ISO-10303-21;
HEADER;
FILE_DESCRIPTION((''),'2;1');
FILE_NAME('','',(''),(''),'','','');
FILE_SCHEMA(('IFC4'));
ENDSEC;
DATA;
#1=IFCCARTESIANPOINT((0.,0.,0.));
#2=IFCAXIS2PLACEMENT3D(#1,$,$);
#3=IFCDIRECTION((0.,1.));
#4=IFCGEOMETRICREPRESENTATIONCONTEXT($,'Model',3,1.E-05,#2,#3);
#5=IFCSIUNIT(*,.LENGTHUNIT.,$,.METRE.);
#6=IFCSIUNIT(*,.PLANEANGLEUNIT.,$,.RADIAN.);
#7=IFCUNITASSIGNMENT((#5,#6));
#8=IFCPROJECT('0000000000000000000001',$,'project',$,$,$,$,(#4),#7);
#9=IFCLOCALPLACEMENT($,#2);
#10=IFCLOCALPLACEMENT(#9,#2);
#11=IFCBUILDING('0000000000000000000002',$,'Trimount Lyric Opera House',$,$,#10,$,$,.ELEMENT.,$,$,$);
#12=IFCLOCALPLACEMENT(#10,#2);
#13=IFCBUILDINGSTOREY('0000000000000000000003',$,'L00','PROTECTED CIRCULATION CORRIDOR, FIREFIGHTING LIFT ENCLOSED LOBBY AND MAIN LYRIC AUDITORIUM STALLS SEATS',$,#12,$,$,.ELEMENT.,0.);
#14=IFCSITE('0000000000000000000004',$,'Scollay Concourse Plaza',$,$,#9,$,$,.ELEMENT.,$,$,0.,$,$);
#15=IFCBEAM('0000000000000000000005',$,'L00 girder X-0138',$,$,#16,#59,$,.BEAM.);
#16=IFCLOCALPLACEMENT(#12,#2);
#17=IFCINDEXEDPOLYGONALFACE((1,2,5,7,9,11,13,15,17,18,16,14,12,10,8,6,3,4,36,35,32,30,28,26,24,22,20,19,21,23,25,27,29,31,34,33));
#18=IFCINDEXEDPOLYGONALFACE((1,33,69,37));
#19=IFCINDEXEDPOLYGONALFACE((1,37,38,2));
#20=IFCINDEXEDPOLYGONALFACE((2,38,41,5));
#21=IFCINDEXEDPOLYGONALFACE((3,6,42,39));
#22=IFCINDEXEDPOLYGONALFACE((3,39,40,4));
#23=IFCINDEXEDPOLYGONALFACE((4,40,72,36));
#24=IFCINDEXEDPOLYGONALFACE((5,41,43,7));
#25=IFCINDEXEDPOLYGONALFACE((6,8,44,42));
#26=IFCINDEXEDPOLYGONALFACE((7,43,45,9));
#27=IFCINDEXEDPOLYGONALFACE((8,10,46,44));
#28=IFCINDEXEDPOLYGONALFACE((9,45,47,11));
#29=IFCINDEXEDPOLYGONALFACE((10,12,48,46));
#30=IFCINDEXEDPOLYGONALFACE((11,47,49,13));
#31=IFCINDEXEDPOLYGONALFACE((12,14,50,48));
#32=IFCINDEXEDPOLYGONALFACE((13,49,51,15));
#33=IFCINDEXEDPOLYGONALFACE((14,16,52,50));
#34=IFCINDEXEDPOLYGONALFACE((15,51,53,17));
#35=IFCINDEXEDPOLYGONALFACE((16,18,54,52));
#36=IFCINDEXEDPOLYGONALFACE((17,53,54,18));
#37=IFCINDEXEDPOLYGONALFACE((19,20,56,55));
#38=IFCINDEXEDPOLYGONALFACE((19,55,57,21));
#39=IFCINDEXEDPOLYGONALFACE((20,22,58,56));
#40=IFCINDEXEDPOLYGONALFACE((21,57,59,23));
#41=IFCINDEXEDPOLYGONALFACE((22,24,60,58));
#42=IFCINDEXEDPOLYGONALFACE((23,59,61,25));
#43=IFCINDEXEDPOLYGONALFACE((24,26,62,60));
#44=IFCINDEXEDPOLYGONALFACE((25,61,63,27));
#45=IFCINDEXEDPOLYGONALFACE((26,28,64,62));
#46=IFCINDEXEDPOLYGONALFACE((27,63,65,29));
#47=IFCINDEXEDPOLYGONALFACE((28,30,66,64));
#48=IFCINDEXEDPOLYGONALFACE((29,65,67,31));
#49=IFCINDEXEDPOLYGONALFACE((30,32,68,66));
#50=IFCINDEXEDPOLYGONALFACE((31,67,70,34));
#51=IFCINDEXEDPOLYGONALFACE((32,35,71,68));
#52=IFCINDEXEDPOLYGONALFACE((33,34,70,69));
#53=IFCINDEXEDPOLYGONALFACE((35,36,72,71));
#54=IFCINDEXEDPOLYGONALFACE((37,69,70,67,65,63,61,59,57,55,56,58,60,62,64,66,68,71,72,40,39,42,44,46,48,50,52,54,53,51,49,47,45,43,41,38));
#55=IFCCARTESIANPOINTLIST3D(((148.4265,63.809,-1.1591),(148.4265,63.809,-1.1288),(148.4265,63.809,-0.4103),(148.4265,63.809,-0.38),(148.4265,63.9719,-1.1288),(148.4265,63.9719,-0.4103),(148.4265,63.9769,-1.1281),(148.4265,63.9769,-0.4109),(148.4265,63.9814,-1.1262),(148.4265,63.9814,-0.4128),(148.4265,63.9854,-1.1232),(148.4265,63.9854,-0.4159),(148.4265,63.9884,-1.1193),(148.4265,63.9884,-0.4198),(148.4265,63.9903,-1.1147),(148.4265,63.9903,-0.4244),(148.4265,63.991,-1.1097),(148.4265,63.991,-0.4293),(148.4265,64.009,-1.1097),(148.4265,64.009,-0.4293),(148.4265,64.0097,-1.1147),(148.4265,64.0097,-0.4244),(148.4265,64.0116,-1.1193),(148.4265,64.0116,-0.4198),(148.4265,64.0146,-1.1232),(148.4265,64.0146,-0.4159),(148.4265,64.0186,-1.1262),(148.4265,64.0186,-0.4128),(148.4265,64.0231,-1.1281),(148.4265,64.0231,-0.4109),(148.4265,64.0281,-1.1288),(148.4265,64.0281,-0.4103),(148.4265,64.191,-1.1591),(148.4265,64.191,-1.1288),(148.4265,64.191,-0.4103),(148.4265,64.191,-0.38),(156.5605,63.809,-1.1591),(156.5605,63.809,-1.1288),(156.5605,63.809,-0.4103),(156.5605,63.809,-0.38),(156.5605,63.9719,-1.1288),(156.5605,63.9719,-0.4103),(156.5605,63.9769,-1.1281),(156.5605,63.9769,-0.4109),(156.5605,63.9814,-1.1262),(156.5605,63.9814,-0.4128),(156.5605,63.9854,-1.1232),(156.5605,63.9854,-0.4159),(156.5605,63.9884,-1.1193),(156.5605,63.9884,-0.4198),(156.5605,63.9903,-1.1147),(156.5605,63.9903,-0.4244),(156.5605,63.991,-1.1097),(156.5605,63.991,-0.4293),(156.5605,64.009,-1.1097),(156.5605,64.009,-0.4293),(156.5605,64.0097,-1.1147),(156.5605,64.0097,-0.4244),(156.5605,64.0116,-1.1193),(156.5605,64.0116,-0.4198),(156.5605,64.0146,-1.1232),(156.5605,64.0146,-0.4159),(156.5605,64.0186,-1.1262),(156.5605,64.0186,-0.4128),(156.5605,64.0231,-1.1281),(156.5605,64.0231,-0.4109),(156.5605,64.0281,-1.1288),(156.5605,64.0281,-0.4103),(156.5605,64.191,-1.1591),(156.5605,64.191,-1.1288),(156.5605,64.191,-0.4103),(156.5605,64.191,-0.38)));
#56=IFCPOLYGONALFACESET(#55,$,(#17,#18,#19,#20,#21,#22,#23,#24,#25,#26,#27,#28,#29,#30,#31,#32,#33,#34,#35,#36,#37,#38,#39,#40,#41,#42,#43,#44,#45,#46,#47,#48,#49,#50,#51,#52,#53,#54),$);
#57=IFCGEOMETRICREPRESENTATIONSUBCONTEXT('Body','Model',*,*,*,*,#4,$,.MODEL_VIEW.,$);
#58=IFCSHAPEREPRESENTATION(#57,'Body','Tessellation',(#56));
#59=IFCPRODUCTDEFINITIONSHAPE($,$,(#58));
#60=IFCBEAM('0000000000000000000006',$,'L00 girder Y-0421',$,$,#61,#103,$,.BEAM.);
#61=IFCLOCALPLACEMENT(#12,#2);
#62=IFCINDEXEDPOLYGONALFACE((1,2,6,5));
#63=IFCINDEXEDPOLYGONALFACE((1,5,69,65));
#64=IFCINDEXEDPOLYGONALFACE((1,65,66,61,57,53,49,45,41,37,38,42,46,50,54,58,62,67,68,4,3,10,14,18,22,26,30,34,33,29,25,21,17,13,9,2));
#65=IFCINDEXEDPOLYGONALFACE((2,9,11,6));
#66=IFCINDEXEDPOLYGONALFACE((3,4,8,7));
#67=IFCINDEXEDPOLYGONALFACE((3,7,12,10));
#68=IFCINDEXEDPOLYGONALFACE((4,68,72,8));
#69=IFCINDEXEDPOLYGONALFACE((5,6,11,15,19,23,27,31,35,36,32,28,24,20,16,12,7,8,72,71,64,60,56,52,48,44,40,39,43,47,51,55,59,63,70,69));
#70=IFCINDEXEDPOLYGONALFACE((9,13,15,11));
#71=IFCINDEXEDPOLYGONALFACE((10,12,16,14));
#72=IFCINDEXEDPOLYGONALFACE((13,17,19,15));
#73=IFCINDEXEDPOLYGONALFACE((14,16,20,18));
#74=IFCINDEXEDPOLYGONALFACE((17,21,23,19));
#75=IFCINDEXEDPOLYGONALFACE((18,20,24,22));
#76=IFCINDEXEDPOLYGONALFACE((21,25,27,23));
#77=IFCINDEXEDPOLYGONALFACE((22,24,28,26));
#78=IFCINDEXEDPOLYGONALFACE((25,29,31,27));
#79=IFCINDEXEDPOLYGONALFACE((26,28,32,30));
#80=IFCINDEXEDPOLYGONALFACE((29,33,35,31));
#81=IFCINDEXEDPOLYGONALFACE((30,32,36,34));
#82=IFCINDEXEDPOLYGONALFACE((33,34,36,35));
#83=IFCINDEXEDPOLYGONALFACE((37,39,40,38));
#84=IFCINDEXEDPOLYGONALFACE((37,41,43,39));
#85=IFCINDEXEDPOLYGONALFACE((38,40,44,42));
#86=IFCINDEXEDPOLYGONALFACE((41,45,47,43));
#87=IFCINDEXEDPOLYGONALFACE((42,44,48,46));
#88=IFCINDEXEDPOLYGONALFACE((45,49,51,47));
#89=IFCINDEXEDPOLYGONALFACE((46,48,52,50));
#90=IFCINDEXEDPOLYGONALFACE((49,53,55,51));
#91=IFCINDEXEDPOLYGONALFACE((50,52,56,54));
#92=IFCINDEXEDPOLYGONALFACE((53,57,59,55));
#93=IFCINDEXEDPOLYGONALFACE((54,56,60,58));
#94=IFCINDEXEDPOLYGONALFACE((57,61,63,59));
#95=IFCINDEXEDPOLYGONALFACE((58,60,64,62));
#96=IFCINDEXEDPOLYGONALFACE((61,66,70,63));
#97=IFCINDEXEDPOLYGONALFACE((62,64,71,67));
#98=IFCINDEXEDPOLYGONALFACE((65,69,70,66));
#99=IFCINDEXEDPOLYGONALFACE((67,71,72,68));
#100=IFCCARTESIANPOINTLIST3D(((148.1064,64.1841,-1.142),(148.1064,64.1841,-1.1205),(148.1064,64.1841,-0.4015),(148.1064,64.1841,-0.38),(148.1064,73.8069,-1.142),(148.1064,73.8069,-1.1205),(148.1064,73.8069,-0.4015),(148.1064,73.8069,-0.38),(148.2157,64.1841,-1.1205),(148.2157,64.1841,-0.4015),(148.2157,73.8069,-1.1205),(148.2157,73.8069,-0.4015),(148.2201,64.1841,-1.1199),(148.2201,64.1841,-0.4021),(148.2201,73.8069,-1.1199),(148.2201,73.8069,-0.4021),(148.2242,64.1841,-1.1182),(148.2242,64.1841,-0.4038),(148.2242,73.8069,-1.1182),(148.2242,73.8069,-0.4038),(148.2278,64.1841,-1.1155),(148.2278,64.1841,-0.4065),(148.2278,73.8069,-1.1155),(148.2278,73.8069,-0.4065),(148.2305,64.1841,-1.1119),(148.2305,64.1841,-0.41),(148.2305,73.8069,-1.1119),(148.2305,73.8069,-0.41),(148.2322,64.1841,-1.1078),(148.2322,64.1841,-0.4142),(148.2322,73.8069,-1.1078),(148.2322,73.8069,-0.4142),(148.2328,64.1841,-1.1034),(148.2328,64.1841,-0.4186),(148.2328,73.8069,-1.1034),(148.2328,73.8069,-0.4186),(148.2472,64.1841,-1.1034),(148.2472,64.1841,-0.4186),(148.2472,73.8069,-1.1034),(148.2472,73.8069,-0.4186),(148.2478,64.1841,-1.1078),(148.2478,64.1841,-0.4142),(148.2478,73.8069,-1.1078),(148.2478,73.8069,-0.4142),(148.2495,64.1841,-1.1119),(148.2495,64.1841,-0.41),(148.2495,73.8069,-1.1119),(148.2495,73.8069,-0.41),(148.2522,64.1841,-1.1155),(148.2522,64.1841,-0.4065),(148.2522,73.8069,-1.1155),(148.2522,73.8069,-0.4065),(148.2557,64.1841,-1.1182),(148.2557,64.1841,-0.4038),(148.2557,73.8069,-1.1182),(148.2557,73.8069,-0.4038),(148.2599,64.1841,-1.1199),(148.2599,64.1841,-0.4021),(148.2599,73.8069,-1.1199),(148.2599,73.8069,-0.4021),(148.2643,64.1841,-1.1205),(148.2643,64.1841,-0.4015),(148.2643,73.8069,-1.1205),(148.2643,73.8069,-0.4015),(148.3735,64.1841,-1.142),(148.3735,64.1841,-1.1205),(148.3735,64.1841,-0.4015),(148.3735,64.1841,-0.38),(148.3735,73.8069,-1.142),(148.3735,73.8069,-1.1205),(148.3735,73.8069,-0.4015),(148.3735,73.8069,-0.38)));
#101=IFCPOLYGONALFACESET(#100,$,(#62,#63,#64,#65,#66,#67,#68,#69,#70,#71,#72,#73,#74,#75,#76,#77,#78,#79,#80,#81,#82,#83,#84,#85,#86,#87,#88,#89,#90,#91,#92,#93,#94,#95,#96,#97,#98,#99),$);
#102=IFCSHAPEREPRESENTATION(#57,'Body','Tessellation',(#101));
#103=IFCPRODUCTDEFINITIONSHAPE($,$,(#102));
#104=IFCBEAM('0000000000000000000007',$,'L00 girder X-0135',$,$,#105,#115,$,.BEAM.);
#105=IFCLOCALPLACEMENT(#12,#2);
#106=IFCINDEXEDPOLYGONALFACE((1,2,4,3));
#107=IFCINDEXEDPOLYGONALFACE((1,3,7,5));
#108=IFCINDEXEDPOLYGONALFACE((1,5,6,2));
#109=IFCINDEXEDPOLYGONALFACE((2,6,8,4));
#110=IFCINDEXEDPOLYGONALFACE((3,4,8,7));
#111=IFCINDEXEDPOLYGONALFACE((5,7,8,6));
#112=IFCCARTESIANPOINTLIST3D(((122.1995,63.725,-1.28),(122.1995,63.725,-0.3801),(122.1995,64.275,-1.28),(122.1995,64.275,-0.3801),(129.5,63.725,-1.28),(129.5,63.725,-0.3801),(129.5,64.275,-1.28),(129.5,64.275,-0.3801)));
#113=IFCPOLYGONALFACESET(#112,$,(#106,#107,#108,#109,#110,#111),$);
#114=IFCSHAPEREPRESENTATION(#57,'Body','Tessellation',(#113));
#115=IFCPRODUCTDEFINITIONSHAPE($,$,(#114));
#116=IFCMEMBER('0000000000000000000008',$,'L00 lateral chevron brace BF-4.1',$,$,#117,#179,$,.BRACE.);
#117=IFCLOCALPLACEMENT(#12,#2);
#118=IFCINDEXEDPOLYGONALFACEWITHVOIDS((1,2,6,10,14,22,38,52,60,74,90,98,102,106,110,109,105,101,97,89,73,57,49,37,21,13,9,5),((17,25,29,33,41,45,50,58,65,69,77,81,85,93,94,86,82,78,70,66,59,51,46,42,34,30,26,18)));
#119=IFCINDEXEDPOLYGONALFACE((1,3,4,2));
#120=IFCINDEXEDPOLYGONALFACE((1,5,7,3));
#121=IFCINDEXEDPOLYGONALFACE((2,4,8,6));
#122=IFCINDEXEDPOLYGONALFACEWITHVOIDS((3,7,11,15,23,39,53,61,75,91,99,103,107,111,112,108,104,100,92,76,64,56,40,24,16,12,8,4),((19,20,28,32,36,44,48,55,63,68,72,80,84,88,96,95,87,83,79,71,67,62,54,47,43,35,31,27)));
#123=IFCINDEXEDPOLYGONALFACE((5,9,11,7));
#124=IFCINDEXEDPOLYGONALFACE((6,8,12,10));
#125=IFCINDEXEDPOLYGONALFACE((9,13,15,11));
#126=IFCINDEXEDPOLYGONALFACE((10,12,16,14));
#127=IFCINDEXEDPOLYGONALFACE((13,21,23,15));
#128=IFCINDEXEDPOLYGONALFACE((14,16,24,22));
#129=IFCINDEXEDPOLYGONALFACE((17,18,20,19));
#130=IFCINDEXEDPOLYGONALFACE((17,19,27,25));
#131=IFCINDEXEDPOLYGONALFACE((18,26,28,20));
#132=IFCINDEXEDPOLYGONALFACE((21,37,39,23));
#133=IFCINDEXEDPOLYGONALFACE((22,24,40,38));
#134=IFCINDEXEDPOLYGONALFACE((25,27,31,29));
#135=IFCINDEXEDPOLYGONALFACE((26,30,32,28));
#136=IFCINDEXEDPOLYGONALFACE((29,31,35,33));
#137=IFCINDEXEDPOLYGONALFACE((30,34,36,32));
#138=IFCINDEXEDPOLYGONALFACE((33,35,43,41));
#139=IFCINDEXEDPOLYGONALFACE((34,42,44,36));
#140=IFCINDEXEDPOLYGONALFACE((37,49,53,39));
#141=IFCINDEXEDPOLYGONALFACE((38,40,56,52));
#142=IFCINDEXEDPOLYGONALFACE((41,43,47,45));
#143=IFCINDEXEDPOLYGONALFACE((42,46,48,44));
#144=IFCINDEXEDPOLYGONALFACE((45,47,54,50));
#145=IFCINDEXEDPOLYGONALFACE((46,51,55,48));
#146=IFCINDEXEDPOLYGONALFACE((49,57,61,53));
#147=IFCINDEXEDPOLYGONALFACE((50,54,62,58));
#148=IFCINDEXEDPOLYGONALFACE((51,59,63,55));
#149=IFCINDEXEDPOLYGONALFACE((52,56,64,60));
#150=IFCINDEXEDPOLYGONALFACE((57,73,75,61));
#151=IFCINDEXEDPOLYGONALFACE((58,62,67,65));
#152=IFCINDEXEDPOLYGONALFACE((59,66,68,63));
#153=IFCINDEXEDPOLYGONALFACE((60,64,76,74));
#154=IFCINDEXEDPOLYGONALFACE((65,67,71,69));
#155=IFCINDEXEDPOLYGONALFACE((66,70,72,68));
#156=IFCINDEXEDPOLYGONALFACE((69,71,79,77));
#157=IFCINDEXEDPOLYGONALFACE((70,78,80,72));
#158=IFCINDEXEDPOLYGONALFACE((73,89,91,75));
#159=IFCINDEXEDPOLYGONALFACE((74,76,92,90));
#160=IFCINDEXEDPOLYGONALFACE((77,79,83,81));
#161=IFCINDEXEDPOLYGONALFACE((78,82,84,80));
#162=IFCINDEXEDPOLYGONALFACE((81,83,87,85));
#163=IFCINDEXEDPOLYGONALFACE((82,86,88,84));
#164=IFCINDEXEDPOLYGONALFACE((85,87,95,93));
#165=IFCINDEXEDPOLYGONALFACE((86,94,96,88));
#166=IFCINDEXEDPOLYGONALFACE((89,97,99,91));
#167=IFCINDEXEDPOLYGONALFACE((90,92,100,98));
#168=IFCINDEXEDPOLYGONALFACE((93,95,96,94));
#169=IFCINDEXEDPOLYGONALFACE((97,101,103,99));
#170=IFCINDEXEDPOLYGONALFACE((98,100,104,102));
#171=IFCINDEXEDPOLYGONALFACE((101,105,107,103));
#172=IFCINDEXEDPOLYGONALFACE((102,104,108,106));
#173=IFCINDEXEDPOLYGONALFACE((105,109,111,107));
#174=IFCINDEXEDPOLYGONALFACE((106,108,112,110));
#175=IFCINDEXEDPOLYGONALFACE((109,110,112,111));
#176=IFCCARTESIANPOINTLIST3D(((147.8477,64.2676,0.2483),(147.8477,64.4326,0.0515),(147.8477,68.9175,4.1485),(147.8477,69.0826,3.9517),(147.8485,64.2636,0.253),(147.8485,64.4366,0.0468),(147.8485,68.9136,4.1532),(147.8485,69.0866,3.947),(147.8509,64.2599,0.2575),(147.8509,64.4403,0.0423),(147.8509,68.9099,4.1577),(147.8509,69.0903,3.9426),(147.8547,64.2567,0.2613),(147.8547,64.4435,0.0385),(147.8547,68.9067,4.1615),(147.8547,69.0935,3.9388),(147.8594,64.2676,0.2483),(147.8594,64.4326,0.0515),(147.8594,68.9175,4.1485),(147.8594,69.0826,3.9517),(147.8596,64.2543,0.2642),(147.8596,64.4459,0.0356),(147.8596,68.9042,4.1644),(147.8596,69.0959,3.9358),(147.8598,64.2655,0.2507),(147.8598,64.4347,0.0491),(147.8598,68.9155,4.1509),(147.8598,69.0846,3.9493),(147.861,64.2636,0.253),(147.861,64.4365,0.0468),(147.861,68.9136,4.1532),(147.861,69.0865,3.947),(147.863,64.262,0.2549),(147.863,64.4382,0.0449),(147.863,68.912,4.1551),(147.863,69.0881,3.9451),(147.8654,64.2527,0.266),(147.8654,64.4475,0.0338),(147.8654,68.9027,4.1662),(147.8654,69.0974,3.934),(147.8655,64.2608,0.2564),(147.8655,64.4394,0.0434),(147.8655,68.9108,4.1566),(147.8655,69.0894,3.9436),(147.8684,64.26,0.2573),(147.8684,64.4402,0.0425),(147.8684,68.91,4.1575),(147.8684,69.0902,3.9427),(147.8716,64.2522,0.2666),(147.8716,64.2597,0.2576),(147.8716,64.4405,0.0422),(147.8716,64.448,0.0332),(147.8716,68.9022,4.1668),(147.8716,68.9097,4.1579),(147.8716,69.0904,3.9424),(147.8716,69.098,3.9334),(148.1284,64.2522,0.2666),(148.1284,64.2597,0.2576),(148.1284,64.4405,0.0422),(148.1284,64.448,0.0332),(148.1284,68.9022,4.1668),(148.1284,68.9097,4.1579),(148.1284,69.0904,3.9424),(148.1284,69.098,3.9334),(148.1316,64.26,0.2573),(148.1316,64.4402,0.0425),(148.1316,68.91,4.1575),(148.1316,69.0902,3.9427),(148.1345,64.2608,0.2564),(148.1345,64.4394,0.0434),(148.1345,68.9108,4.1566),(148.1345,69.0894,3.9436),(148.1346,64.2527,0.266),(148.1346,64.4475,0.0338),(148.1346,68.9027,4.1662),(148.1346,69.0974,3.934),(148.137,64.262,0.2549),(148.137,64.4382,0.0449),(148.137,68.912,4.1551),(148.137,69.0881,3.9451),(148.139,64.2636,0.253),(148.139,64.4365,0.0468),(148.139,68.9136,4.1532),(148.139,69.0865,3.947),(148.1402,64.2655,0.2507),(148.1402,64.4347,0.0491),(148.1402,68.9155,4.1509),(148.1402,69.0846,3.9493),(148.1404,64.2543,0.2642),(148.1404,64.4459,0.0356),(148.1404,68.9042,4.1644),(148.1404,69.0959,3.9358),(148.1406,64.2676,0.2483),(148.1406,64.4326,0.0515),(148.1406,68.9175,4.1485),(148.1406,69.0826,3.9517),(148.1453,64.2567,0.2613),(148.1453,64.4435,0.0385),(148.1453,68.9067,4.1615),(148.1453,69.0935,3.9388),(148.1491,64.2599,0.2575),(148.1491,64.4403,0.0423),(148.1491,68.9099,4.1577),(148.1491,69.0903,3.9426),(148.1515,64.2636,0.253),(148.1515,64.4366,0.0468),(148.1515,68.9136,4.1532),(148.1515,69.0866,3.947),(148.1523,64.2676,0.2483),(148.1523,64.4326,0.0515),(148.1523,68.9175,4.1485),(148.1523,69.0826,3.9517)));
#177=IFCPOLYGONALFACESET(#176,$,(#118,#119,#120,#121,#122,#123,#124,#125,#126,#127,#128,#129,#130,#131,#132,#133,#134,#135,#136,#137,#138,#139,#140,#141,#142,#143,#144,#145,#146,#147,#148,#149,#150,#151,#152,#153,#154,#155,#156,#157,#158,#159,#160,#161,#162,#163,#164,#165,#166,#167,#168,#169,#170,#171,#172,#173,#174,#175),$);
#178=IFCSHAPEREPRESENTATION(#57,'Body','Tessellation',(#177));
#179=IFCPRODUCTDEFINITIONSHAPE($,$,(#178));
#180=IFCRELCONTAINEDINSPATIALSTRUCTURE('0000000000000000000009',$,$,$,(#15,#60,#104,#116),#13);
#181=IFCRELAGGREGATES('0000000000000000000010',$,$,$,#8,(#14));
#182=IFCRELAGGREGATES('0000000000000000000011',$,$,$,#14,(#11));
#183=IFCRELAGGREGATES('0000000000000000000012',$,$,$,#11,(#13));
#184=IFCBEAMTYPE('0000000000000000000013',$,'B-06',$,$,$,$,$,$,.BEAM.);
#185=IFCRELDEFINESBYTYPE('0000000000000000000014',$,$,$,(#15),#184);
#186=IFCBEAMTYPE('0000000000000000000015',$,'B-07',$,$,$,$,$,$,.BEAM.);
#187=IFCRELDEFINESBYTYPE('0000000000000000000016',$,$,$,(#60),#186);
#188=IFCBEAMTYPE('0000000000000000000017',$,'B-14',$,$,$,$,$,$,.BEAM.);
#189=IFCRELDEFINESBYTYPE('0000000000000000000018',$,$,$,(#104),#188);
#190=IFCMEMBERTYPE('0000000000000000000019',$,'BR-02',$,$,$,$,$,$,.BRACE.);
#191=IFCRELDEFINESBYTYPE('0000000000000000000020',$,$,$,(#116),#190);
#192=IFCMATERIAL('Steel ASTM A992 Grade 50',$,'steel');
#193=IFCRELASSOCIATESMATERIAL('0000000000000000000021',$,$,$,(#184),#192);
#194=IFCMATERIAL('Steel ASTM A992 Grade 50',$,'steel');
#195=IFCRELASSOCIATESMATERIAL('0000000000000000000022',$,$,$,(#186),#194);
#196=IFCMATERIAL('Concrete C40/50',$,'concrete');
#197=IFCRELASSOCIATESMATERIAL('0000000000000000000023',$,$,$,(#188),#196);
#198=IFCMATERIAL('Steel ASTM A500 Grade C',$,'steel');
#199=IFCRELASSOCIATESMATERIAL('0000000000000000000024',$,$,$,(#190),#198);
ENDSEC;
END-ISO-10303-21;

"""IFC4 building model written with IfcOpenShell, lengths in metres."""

from ifc_helpers import new_model, si_unit, direction, frame, origin, origin_2d, place, context, subcontext, project, spatial, rectangle, hollow_rectangle, i_section, extrude, material, material_profile, profile_set, type_object, element, save


model = new_model("IFC4")

# Units and contexts
model_context = context("Model", 3, precision=1e-05, world=origin(), true_north=direction((0.0, 1.0)))
body_context = subcontext(model_context, "Body", "Model", "MODEL_VIEW")
ifc_project = project(units=[si_unit("LENGTHUNIT", "METRE"), si_unit("PLANEANGLEUNIT", "RADIAN")], contexts=[model_context])

# Site, building, storey
site_placement = place(None, origin())
site = spatial("IfcSite", under=ifc_project, at=site_placement, Name="Scollay Concourse Plaza", CompositionType="ELEMENT", RefElevation=0.0)
building_placement = place(site_placement, origin())
building = spatial("IfcBuilding", under=site, at=building_placement, Name="Trimount Lyric Opera House", CompositionType="ELEMENT")
storey_placement = place(building_placement, origin())
storey = spatial("IfcBuildingStorey", under=building, at=storey_placement, Name="L00", Description="PROTECTED CIRCULATION CORRIDOR, FIREFIGHTING LIFT ENCLOSED LOBBY AND MAIN LYRIC AUDITORIUM STALLS SEATS", CompositionType="ELEMENT", Elevation=0.0)

# Beams
ifc_material_1 = material(Name="Steel ASTM A992 Grade 50", Category="steel")
ifc_material_profile_1 = material_profile(ifc_material_1, i_section(OverallWidth=0.3821, OverallDepth=0.7791, WebThickness=0.0181, FlangeThickness=0.0303, FilletRadius=0.019, at=origin_2d()), Name="W30X191")
ifc_profile_set_1 = profile_set([ifc_material_profile_1], Name="Steel ASTM A992 Grade 50")
beam_type_1 = type_object("IfcBeamType", Name="B-06", PredefinedType="BEAM", material=ifc_profile_set_1)
beam_1_placement = place(storey_placement, frame((148.4265, 64.0, -0.7695), z_axis=(1.0, 0.0, 0.0), x_axis=(0.0, 1.0, 0.0)))
element("IfcBeam", 1, at=beam_1_placement, inside=storey, type_object=beam_type_1, Name="L00 girder X-0138", PredefinedType="BEAM", context=body_context, shape_type="SweptSolid", body=[
    extrude(i_section(OverallWidth=0.3821, OverallDepth=0.7791, WebThickness=0.0181, FlangeThickness=0.0303, FilletRadius=0.019, at=origin_2d()), origin(), (0.0, 0.0, 1.0), 8.134),
])
ifc_material_2 = material(Name="Steel ASTM A992 Grade 50", Category="steel")
ifc_material_profile_2 = material_profile(ifc_material_2, i_section(OverallWidth=0.2671, OverallDepth=0.762, WebThickness=0.0144, FlangeThickness=0.0215, FilletRadius=0.0171, at=origin_2d()), Name="W30X116")
ifc_profile_set_2 = profile_set([ifc_material_profile_2], Name="Steel ASTM A992 Grade 50")
beam_type_2 = type_object("IfcBeamType", Name="B-07", PredefinedType="BEAM", material=ifc_profile_set_2)
beam_2_placement = place(storey_placement, frame((148.24, 64.1841, -0.761), z_axis=(0.0, 1.0, 0.0), x_axis=(-1.0, 0.0, 0.0)))
element("IfcBeam", 2, at=beam_2_placement, inside=storey, type_object=beam_type_2, Name="L00 girder Y-0421", PredefinedType="BEAM", context=body_context, shape_type="SweptSolid", body=[
    extrude(i_section(OverallWidth=0.2671, OverallDepth=0.762, WebThickness=0.0144, FlangeThickness=0.0215, FilletRadius=0.0171, at=origin_2d()), origin(), (0.0, 0.0, 1.0), 9.6228),
])
ifc_material_3 = material(Name="Concrete C40/50", Category="concrete")
ifc_material_profile_3 = material_profile(ifc_material_3, rectangle(XDim=0.55, YDim=0.8999, at=origin_2d()), Name="RC550X900")
ifc_profile_set_3 = profile_set([ifc_material_profile_3], Name="Concrete C40/50")
beam_type_3 = type_object("IfcBeamType", Name="B-14", PredefinedType="BEAM", material=ifc_profile_set_3)
beam_3_placement = place(storey_placement, frame((122.1995, 64.0, -0.8301), z_axis=(1.0, 0.0, 0.0), x_axis=(0.0, 1.0, 0.0)))
element("IfcBeam", 3, at=beam_3_placement, inside=storey, type_object=beam_type_3, Name="L00 girder X-0135", PredefinedType="BEAM", context=body_context, shape_type="SweptSolid", body=[
    extrude(rectangle(XDim=0.55, YDim=0.8999, at=origin_2d()), origin(), (0.0, 0.0, 1.0), 7.3005),
])

# Member
ifc_material_4 = material(Name="Steel ASTM A500 Grade C", Category="steel")
ifc_material_profile_4 = material_profile(ifc_material_4, hollow_rectangle(XDim=0.3047, YDim=0.3047, WallThickness=0.0117, InnerFilletRadius=0.0122, OuterFilletRadius=0.0239, at=origin_2d()), Name="HSS304.8X304.8X12.7")
ifc_profile_set_4 = profile_set([ifc_material_profile_4], Name="Steel ASTM A500 Grade C")
member_type_1 = type_object("IfcMemberType", Name="BR-02", PredefinedType="BRACE", material=ifc_profile_set_4)
member_1_placement = place(storey_placement, frame((148.0, 64.3501, 0.1499), z_axis=(0.0, 0.766173, 0.642634), x_axis=(-1.0, 0.0, 0.0)))
element("IfcMember", 4, at=member_1_placement, inside=storey, type_object=member_type_1, Name="L00 lateral chevron brace BF-4.1", PredefinedType="BRACE", context=body_context, shape_type="SweptSolid", body=[
    extrude(hollow_rectangle(XDim=0.3047, YDim=0.3047, WallThickness=0.0117, InnerFilletRadius=0.0122, OuterFilletRadius=0.0239, at=origin_2d()), origin(), (0.0, 0.0, 1.0), 6.0691),
])

save(model, "model.ifc")
